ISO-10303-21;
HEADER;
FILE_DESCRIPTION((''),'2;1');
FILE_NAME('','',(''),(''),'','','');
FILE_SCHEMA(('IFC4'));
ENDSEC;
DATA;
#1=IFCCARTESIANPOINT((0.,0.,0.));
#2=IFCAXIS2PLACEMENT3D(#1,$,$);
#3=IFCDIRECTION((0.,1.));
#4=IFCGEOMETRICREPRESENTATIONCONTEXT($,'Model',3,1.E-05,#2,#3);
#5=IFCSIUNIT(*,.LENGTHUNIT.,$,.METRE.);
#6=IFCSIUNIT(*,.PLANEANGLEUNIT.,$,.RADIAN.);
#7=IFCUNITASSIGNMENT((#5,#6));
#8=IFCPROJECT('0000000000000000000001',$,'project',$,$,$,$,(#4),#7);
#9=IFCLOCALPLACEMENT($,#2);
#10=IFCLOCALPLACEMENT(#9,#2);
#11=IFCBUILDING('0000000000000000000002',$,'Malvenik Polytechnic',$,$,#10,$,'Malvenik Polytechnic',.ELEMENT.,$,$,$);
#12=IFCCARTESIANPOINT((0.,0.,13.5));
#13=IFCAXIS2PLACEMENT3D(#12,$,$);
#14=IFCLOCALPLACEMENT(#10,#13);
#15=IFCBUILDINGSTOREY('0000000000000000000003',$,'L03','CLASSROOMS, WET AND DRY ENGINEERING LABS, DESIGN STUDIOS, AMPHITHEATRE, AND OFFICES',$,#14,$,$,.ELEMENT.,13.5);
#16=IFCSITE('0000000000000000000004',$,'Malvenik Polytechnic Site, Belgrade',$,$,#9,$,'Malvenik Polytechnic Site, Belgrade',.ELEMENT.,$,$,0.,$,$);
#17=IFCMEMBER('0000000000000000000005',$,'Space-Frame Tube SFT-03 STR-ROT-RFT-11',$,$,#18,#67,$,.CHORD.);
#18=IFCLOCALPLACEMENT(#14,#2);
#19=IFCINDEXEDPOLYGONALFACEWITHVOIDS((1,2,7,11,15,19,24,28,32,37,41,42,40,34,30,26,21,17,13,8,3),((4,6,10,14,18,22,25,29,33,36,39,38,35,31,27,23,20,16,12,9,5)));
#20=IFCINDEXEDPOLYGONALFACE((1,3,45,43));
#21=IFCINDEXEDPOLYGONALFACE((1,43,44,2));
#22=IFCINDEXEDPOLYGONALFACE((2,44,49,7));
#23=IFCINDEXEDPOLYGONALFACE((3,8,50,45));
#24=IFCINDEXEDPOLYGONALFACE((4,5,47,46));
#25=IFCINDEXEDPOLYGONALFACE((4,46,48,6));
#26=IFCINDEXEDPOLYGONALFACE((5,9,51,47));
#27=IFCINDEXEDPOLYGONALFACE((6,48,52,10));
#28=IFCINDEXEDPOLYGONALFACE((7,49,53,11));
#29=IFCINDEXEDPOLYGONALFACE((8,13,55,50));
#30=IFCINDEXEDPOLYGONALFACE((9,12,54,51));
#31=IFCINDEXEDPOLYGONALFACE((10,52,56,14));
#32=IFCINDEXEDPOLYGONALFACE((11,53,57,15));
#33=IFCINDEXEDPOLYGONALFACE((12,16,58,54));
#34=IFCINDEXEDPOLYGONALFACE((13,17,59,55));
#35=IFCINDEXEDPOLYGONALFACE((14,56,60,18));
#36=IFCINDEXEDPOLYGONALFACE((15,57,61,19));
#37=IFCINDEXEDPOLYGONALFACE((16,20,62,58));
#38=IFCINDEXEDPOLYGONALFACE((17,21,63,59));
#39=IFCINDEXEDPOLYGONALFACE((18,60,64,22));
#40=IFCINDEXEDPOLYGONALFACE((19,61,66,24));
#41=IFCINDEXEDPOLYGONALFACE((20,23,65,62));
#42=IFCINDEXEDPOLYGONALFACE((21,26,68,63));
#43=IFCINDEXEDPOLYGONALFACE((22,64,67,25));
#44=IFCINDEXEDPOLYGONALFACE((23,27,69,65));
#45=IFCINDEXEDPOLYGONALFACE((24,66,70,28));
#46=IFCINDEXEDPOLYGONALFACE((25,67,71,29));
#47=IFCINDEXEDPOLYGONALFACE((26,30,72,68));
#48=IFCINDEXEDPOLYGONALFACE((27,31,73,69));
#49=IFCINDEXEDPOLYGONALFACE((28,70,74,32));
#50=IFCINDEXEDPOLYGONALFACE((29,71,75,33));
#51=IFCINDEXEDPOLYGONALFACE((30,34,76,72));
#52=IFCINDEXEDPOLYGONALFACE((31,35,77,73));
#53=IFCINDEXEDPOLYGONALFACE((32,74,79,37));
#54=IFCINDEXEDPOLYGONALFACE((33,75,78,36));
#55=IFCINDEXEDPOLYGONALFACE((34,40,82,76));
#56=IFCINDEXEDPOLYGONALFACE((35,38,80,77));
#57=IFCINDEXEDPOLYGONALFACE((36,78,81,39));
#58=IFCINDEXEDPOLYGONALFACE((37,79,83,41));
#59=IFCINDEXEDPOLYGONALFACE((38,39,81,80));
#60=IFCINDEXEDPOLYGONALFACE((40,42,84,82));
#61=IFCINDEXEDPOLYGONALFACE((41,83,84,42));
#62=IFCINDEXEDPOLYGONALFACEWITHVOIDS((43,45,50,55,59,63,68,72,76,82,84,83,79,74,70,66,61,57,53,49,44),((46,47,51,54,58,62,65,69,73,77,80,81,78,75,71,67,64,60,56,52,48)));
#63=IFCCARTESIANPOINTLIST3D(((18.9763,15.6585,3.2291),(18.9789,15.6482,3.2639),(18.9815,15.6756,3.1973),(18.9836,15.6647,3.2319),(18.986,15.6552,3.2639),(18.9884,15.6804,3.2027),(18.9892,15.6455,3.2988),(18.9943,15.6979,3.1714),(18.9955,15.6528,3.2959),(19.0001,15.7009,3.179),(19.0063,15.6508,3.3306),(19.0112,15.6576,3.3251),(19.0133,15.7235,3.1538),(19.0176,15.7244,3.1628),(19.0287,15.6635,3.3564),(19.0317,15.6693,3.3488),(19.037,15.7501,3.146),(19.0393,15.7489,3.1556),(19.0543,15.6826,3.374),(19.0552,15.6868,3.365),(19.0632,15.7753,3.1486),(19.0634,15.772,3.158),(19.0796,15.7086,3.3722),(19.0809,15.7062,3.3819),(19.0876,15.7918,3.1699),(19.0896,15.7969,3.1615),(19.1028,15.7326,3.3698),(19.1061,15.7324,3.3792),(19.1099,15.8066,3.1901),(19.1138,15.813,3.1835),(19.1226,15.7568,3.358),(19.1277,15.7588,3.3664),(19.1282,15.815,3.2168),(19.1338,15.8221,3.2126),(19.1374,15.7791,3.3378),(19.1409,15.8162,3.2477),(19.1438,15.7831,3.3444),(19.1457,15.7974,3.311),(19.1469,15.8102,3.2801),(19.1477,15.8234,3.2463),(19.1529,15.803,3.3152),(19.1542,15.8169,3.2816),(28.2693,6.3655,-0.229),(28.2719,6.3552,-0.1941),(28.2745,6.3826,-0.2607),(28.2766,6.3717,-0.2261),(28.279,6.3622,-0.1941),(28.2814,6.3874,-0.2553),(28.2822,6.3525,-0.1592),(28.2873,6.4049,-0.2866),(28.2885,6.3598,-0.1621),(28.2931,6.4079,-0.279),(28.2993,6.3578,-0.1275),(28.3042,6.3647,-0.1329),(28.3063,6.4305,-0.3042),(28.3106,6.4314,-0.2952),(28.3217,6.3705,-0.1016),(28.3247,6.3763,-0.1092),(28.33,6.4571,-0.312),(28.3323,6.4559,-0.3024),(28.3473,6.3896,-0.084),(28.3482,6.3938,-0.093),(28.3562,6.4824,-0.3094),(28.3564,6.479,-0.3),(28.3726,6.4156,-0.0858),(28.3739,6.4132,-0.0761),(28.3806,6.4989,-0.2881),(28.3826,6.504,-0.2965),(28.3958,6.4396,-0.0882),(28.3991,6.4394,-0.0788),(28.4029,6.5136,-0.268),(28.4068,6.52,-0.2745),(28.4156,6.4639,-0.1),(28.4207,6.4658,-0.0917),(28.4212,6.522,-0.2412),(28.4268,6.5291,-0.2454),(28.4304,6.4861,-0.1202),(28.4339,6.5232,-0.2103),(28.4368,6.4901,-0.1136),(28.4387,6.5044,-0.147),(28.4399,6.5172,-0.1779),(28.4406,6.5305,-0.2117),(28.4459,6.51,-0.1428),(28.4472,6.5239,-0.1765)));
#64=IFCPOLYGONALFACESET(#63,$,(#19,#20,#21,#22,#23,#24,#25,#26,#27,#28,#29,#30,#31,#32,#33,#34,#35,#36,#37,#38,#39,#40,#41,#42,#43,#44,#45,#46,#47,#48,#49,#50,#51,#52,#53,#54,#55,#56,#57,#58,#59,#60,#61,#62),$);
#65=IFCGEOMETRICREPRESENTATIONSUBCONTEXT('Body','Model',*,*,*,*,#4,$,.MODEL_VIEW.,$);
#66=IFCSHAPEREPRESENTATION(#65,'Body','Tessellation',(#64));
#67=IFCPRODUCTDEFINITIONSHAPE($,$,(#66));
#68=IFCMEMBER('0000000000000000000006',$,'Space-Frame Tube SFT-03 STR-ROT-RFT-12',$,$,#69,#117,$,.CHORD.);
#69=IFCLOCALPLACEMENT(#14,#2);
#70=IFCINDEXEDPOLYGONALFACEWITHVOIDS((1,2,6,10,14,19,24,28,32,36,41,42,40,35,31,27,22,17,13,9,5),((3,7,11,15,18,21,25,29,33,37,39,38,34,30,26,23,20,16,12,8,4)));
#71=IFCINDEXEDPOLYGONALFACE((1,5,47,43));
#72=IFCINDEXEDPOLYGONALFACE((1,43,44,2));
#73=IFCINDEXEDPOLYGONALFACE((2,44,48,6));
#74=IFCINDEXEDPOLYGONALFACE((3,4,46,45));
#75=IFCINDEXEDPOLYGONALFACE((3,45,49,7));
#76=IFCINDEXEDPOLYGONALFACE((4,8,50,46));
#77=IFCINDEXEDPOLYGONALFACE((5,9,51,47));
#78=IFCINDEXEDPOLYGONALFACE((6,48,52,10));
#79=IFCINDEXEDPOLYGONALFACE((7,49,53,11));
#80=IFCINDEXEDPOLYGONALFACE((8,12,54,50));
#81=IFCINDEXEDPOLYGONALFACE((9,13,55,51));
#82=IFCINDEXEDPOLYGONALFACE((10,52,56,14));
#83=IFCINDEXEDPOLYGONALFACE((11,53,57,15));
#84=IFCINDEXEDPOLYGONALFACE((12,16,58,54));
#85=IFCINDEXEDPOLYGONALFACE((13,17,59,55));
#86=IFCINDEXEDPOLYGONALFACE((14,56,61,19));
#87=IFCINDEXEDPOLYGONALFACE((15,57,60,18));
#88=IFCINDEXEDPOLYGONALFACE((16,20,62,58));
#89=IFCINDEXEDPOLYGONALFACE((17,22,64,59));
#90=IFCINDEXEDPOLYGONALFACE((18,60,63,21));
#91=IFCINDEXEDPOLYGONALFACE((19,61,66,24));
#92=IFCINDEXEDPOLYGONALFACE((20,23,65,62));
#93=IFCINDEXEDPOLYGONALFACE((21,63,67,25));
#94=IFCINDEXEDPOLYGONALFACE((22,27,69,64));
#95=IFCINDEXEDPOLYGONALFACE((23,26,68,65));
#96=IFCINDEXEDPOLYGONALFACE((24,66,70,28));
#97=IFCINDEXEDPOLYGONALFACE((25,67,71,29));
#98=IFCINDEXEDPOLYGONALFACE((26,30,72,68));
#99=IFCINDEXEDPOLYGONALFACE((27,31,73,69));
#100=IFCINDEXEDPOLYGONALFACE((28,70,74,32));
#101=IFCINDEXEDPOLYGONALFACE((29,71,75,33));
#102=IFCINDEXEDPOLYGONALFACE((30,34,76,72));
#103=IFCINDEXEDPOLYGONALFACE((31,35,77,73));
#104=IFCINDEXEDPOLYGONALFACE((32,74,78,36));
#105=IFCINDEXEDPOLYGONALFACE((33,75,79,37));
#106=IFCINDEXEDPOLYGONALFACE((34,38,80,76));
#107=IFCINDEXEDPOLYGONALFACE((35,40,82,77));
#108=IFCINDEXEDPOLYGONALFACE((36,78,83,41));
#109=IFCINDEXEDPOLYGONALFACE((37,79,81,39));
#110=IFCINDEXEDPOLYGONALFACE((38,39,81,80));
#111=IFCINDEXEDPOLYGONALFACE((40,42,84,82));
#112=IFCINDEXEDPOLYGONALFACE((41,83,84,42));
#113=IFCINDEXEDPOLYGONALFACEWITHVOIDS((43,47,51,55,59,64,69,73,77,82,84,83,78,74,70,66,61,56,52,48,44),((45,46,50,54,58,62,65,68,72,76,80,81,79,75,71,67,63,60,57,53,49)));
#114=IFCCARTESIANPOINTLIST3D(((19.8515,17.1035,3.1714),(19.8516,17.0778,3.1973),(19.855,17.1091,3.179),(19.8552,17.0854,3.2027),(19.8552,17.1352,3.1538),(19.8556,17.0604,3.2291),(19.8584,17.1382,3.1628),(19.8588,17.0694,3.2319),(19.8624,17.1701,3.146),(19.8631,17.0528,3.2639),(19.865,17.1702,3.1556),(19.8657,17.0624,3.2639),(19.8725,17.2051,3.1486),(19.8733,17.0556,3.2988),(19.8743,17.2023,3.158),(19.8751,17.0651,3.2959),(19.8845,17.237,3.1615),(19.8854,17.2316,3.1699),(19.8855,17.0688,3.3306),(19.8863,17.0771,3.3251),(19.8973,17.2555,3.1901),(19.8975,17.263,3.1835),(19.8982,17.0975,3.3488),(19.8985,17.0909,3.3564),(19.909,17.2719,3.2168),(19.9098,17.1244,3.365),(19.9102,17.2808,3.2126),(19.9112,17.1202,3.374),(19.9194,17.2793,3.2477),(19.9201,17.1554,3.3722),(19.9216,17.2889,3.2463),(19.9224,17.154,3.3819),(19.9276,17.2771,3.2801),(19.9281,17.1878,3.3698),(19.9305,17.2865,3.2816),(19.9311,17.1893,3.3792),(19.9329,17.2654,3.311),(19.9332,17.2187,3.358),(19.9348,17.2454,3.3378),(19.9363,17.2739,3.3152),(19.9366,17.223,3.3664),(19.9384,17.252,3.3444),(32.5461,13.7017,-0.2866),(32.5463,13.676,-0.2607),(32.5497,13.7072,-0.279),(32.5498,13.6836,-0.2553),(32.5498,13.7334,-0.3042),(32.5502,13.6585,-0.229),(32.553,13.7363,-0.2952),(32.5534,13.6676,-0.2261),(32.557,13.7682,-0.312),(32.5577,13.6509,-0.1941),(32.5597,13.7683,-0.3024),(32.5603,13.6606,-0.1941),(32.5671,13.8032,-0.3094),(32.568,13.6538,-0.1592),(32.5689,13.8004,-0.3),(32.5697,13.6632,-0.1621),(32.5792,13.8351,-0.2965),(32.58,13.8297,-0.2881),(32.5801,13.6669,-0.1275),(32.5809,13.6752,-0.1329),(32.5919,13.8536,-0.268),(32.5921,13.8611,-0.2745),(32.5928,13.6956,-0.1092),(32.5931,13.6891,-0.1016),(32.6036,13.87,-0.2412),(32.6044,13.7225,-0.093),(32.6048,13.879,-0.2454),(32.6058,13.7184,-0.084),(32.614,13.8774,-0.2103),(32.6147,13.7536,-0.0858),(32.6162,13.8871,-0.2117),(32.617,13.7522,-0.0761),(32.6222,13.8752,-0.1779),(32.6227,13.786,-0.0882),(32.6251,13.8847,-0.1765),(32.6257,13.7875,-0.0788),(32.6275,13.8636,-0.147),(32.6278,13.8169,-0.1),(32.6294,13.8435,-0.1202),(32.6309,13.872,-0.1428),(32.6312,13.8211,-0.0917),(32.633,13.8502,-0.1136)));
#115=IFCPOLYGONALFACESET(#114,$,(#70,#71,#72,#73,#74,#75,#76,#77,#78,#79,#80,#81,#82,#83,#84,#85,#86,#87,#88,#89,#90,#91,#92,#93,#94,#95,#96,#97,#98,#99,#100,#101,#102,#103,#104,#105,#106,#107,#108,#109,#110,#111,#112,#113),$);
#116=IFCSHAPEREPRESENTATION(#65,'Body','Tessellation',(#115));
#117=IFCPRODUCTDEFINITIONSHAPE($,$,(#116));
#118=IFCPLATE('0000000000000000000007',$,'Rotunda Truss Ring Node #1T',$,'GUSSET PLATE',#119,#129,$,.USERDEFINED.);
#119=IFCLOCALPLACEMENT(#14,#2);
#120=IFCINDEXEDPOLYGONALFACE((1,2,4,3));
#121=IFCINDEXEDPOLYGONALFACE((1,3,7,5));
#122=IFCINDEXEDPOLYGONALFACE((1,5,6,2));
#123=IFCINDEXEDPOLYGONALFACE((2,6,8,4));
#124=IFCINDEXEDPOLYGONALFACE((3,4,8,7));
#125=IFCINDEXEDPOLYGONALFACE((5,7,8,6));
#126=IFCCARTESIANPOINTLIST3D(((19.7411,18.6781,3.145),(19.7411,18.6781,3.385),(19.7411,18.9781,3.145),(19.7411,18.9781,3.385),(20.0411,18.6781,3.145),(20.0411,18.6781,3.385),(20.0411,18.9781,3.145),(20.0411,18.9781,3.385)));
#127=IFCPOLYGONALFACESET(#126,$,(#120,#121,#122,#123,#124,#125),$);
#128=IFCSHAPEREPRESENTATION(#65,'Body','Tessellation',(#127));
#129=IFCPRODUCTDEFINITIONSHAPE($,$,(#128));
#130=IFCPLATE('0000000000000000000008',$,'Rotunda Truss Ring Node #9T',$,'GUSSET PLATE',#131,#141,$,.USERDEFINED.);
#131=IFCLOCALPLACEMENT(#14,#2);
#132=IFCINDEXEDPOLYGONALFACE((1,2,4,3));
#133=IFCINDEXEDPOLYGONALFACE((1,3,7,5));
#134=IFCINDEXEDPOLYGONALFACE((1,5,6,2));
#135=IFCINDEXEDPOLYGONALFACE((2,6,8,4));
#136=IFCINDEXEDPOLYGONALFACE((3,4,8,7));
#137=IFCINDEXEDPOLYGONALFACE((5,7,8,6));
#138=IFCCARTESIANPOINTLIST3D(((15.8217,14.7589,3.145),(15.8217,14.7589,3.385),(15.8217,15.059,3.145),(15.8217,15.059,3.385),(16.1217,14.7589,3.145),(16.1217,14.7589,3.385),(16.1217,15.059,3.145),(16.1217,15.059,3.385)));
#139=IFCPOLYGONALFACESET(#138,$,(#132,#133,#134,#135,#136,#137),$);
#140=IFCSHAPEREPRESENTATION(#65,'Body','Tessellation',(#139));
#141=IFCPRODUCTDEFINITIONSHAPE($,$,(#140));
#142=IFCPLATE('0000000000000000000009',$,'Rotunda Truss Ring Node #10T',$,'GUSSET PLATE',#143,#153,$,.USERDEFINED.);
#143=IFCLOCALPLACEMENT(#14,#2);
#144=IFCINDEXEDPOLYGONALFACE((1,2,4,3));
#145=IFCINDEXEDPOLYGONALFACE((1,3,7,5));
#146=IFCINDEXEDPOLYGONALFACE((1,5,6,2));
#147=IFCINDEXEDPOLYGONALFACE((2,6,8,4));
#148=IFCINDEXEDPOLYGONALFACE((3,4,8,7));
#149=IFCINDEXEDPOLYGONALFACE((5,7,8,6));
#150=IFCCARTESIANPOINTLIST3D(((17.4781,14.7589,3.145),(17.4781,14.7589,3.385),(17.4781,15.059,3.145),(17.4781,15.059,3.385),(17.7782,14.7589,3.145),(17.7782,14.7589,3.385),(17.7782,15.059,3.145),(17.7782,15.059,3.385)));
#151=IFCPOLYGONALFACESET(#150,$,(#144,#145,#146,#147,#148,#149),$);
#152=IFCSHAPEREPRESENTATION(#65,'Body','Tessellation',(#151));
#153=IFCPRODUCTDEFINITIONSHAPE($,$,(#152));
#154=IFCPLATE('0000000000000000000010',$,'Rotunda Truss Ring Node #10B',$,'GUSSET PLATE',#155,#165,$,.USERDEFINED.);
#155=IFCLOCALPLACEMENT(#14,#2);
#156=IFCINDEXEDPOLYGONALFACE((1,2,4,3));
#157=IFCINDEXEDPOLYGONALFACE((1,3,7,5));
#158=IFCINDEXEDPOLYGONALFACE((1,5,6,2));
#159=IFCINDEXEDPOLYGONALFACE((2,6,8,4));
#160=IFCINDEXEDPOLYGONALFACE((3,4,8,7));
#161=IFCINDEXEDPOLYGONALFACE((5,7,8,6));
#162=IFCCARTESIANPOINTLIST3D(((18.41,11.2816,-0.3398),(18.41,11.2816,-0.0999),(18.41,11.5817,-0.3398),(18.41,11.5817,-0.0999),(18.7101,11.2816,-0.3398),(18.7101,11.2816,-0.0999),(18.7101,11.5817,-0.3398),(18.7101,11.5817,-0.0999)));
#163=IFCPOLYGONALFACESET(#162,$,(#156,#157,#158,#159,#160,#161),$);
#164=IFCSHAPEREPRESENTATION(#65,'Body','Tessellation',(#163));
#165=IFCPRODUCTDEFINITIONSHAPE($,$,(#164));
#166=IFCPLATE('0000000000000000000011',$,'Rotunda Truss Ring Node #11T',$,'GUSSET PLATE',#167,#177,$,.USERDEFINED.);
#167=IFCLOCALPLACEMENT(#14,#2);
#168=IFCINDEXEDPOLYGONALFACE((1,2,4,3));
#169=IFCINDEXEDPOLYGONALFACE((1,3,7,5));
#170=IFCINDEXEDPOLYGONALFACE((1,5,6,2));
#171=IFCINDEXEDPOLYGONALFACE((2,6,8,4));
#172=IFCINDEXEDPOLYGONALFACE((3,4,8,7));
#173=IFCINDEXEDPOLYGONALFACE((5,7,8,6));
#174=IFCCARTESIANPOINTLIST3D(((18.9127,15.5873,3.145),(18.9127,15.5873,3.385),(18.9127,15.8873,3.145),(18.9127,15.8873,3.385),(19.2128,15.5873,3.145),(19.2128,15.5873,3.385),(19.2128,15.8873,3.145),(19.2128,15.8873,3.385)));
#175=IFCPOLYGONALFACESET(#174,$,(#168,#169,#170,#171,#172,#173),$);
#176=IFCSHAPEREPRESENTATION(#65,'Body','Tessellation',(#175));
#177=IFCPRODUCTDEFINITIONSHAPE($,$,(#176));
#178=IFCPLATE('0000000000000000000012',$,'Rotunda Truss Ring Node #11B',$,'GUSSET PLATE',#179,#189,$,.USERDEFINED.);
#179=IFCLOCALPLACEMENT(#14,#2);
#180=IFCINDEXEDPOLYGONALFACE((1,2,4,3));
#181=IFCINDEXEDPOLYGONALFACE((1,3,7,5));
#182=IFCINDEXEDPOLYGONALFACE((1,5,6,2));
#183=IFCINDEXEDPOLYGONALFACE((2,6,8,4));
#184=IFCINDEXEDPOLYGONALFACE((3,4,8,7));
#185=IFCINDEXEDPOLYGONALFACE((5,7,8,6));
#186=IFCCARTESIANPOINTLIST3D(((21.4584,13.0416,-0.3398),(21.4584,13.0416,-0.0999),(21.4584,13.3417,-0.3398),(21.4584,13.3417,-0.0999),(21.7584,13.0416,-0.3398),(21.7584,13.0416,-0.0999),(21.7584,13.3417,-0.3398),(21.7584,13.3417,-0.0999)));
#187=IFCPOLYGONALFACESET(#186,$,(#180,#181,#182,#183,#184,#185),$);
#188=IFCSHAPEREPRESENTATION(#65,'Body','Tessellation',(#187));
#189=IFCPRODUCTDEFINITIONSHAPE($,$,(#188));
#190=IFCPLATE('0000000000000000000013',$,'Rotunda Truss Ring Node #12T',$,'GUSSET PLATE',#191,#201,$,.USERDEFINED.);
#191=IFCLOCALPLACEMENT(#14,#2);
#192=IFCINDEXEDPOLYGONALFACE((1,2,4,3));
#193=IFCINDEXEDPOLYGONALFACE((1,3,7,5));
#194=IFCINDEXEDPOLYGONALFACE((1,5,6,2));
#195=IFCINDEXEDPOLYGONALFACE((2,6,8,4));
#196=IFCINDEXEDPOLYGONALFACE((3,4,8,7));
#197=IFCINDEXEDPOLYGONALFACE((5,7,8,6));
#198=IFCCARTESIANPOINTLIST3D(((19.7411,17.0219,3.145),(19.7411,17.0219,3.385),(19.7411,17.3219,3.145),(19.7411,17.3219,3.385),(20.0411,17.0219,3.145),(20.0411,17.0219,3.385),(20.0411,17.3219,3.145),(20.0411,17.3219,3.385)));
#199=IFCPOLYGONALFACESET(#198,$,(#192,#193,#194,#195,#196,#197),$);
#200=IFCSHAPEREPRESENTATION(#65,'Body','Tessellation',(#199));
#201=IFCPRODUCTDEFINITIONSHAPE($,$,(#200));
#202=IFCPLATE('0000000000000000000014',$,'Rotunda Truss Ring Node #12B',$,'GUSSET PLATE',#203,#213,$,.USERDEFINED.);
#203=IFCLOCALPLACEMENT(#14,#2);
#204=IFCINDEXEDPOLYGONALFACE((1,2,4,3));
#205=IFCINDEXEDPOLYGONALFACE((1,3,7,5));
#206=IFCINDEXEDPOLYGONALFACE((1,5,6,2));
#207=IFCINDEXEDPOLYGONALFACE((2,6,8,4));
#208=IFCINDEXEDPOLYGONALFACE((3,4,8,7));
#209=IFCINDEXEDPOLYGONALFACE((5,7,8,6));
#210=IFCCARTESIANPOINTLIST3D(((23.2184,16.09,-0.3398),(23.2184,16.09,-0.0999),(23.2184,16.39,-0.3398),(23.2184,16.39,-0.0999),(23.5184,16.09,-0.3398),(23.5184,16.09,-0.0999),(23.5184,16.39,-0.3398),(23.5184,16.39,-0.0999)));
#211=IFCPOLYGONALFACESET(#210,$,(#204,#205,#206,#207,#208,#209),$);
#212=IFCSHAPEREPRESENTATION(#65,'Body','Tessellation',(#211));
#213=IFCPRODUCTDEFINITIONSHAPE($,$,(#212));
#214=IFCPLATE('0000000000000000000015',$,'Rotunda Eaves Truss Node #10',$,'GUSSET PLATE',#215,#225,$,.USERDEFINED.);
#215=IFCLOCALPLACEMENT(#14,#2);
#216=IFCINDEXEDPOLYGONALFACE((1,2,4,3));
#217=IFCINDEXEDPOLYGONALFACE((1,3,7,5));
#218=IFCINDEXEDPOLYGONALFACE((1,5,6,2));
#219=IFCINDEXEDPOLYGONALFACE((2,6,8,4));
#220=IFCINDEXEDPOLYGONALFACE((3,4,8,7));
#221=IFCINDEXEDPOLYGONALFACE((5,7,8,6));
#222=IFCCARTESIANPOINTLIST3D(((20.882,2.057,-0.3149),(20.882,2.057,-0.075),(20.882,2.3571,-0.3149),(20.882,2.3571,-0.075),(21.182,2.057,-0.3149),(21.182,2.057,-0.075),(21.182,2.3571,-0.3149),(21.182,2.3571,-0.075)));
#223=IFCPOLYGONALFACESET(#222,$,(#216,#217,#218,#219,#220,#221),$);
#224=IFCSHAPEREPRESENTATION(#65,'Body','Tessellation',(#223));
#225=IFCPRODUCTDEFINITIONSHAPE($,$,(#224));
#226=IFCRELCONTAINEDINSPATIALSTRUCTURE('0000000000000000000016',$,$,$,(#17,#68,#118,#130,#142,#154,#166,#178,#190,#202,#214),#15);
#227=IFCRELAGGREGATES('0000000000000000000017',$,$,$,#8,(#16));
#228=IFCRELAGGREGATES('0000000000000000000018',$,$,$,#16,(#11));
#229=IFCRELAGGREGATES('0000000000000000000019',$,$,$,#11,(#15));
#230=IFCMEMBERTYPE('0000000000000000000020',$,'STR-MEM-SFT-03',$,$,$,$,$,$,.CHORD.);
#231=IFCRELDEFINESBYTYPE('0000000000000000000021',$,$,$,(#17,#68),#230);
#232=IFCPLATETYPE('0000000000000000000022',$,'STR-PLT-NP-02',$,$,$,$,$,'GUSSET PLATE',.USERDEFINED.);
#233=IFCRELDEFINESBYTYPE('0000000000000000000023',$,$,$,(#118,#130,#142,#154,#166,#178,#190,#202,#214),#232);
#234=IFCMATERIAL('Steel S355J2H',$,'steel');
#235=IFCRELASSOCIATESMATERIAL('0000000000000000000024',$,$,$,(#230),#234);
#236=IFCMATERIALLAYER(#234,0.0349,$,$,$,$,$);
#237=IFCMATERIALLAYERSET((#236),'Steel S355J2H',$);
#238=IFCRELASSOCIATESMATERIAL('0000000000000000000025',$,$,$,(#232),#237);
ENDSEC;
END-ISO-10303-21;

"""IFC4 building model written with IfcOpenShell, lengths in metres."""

from ifc_helpers import new_model, si_unit, direction, frame, origin, origin_2d, place, context, subcontext, project, spatial, rectangle, hollow_circle, extrude, material, layer, layer_set, material_profile, profile_set, type_object, element, save


model = new_model("IFC4")

# Units and contexts
model_context = context("Model", 3, precision=1e-05, world=origin(), true_north=direction((0.0, 1.0)))
body_context = subcontext(model_context, "Body", "Model", "MODEL_VIEW")
ifc_project = project(units=[si_unit("LENGTHUNIT", "METRE"), si_unit("PLANEANGLEUNIT", "RADIAN")], contexts=[model_context])

# Site, building, storey
site_placement = place(None, origin())
site = spatial("IfcSite", under=ifc_project, at=site_placement, Name="Malvenik Polytechnic Site, Belgrade", LongName="Malvenik Polytechnic Site, Belgrade", CompositionType="ELEMENT", RefElevation=0.0)
building_placement = place(site_placement, origin())
building = spatial("IfcBuilding", under=site, at=building_placement, Name="Malvenik Polytechnic", LongName="Malvenik Polytechnic", CompositionType="ELEMENT")
storey_placement = place(building_placement, frame((0.0, 0.0, 13.5)))
storey = spatial("IfcBuildingStorey", under=building, at=storey_placement, Name="L03", Description="CLASSROOMS, WET AND DRY ENGINEERING LABS, DESIGN STUDIOS, AMPHITHEATRE, AND OFFICES", CompositionType="ELEMENT", Elevation=13.5)

# Members
ifc_material_1 = material(Name="Steel S355J2H", Category="steel")
ifc_material_profile_1 = material_profile(ifc_material_1, hollow_circle(Radius=0.1223, WallThickness=0.01, at=origin_2d()), Name="CHS 244.5x10.0")
ifc_profile_set_1 = profile_set([ifc_material_profile_1], Name="Steel S355J2H")
member_type_1 = type_object("IfcMemberType", Name="STR-MEM-SFT-03", PredefinedType="CHORD", material=ifc_profile_set_1)
member_1_placement = place(storey_placement, frame((28.3584, 6.4417, -0.1941), z_axis=(-0.683831, 0.683831, 0.25446), x_axis=(-0.707107, -0.707107, 0.0)))
element("IfcMember", 1, at=member_1_placement, inside=storey, type_object=member_type_1, Name="Space-Frame Tube SFT-03 STR-ROT-RFT-11", PredefinedType="CHORD", context=body_context, shape_type="SweptSolid", body=[
    extrude(hollow_circle(Radius=0.1223, WallThickness=0.01, at=origin_2d()), origin(), (0.0, 0.0, 1.0), 13.5896),
])
member_2_placement = place(storey_placement, frame((32.5894, 13.769, -0.1941), z_axis=(-0.934125, 0.250324, 0.254456), x_axis=(-0.258844, -0.965919, 0.0)))
element("IfcMember", 2, at=member_2_placement, inside=storey, type_object=member_type_1, Name="Space-Frame Tube SFT-03 STR-ROT-RFT-12", PredefinedType="CHORD", context=body_context, shape_type="SweptSolid", body=[
    extrude(hollow_circle(Radius=0.1223, WallThickness=0.01, at=origin_2d()), origin(), (0.0, 0.0, 1.0), 13.5898),
])

# Plates
ifc_layer_1 = layer(ifc_material_1, 0.0349)
ifc_layer_set_1 = layer_set([ifc_layer_1], Name="Steel S355J2H")
plate_type = type_object("IfcPlateType", Name="STR-PLT-NP-02", ElementType="GUSSET PLATE", PredefinedType="USERDEFINED", material=ifc_layer_set_1)
for number, where, z_axis, x_axis, name in (
    (3, (19.8911, 18.8281, 3.145), (0.0, 0.0, 1.0), (1.0, 0.0, 0.0), "Rotunda Truss Ring Node #1T"),
    (4, (15.9717, 14.9089, 3.145), (0.0, 0.0, 1.0), (1.0, 0.0, 0.0), "Rotunda Truss Ring Node #9T"),
    (5, (17.6282, 14.9089, 3.145), (0.0, 0.0, 1.0), (1.0, 0.0, 0.0), "Rotunda Truss Ring Node #10T"),
    (6, (18.5601, 11.4316, -0.3398), (0.0, 0.0, 1.0), (1.0, 0.0, 0.0), "Rotunda Truss Ring Node #10B"),
    (7, (19.0627, 15.7373, 3.145), (0.0, 0.0, 1.0), (1.0, 0.0, 0.0), "Rotunda Truss Ring Node #11T"),
    (8, (21.6084, 13.1917, -0.3398), (0.0, 0.0, 1.0), (1.0, 0.0, 0.0), "Rotunda Truss Ring Node #11B"),
    (9, (19.8911, 17.1719, 3.145), (0.0, 0.0, 1.0), (1.0, 0.0, 0.0), "Rotunda Truss Ring Node #12T"),
    (10, (23.3684, 16.24, -0.3398), (0.0, 0.0, 1.0), (1.0, 0.0, 0.0), "Rotunda Truss Ring Node #12B"),
    (11, (21.032, 2.207, -0.3149), (0.0, 0.0, 1.0), (1.0, 0.0, 0.0), "Rotunda Eaves Truss Node #10"),
):
    element("IfcPlate", number, at=place(storey_placement, frame(where, z_axis=z_axis, x_axis=x_axis)), inside=storey, type_object=plate_type, Name=name, ObjectType="GUSSET PLATE", PredefinedType="USERDEFINED", context=body_context, shape_type="SweptSolid", body=[
        extrude(rectangle(XDim=0.3, YDim=0.3, at=origin_2d()), origin(), (0.0, 0.0, 1.0), 0.24),
    ])

save(model, "model.ifc")
